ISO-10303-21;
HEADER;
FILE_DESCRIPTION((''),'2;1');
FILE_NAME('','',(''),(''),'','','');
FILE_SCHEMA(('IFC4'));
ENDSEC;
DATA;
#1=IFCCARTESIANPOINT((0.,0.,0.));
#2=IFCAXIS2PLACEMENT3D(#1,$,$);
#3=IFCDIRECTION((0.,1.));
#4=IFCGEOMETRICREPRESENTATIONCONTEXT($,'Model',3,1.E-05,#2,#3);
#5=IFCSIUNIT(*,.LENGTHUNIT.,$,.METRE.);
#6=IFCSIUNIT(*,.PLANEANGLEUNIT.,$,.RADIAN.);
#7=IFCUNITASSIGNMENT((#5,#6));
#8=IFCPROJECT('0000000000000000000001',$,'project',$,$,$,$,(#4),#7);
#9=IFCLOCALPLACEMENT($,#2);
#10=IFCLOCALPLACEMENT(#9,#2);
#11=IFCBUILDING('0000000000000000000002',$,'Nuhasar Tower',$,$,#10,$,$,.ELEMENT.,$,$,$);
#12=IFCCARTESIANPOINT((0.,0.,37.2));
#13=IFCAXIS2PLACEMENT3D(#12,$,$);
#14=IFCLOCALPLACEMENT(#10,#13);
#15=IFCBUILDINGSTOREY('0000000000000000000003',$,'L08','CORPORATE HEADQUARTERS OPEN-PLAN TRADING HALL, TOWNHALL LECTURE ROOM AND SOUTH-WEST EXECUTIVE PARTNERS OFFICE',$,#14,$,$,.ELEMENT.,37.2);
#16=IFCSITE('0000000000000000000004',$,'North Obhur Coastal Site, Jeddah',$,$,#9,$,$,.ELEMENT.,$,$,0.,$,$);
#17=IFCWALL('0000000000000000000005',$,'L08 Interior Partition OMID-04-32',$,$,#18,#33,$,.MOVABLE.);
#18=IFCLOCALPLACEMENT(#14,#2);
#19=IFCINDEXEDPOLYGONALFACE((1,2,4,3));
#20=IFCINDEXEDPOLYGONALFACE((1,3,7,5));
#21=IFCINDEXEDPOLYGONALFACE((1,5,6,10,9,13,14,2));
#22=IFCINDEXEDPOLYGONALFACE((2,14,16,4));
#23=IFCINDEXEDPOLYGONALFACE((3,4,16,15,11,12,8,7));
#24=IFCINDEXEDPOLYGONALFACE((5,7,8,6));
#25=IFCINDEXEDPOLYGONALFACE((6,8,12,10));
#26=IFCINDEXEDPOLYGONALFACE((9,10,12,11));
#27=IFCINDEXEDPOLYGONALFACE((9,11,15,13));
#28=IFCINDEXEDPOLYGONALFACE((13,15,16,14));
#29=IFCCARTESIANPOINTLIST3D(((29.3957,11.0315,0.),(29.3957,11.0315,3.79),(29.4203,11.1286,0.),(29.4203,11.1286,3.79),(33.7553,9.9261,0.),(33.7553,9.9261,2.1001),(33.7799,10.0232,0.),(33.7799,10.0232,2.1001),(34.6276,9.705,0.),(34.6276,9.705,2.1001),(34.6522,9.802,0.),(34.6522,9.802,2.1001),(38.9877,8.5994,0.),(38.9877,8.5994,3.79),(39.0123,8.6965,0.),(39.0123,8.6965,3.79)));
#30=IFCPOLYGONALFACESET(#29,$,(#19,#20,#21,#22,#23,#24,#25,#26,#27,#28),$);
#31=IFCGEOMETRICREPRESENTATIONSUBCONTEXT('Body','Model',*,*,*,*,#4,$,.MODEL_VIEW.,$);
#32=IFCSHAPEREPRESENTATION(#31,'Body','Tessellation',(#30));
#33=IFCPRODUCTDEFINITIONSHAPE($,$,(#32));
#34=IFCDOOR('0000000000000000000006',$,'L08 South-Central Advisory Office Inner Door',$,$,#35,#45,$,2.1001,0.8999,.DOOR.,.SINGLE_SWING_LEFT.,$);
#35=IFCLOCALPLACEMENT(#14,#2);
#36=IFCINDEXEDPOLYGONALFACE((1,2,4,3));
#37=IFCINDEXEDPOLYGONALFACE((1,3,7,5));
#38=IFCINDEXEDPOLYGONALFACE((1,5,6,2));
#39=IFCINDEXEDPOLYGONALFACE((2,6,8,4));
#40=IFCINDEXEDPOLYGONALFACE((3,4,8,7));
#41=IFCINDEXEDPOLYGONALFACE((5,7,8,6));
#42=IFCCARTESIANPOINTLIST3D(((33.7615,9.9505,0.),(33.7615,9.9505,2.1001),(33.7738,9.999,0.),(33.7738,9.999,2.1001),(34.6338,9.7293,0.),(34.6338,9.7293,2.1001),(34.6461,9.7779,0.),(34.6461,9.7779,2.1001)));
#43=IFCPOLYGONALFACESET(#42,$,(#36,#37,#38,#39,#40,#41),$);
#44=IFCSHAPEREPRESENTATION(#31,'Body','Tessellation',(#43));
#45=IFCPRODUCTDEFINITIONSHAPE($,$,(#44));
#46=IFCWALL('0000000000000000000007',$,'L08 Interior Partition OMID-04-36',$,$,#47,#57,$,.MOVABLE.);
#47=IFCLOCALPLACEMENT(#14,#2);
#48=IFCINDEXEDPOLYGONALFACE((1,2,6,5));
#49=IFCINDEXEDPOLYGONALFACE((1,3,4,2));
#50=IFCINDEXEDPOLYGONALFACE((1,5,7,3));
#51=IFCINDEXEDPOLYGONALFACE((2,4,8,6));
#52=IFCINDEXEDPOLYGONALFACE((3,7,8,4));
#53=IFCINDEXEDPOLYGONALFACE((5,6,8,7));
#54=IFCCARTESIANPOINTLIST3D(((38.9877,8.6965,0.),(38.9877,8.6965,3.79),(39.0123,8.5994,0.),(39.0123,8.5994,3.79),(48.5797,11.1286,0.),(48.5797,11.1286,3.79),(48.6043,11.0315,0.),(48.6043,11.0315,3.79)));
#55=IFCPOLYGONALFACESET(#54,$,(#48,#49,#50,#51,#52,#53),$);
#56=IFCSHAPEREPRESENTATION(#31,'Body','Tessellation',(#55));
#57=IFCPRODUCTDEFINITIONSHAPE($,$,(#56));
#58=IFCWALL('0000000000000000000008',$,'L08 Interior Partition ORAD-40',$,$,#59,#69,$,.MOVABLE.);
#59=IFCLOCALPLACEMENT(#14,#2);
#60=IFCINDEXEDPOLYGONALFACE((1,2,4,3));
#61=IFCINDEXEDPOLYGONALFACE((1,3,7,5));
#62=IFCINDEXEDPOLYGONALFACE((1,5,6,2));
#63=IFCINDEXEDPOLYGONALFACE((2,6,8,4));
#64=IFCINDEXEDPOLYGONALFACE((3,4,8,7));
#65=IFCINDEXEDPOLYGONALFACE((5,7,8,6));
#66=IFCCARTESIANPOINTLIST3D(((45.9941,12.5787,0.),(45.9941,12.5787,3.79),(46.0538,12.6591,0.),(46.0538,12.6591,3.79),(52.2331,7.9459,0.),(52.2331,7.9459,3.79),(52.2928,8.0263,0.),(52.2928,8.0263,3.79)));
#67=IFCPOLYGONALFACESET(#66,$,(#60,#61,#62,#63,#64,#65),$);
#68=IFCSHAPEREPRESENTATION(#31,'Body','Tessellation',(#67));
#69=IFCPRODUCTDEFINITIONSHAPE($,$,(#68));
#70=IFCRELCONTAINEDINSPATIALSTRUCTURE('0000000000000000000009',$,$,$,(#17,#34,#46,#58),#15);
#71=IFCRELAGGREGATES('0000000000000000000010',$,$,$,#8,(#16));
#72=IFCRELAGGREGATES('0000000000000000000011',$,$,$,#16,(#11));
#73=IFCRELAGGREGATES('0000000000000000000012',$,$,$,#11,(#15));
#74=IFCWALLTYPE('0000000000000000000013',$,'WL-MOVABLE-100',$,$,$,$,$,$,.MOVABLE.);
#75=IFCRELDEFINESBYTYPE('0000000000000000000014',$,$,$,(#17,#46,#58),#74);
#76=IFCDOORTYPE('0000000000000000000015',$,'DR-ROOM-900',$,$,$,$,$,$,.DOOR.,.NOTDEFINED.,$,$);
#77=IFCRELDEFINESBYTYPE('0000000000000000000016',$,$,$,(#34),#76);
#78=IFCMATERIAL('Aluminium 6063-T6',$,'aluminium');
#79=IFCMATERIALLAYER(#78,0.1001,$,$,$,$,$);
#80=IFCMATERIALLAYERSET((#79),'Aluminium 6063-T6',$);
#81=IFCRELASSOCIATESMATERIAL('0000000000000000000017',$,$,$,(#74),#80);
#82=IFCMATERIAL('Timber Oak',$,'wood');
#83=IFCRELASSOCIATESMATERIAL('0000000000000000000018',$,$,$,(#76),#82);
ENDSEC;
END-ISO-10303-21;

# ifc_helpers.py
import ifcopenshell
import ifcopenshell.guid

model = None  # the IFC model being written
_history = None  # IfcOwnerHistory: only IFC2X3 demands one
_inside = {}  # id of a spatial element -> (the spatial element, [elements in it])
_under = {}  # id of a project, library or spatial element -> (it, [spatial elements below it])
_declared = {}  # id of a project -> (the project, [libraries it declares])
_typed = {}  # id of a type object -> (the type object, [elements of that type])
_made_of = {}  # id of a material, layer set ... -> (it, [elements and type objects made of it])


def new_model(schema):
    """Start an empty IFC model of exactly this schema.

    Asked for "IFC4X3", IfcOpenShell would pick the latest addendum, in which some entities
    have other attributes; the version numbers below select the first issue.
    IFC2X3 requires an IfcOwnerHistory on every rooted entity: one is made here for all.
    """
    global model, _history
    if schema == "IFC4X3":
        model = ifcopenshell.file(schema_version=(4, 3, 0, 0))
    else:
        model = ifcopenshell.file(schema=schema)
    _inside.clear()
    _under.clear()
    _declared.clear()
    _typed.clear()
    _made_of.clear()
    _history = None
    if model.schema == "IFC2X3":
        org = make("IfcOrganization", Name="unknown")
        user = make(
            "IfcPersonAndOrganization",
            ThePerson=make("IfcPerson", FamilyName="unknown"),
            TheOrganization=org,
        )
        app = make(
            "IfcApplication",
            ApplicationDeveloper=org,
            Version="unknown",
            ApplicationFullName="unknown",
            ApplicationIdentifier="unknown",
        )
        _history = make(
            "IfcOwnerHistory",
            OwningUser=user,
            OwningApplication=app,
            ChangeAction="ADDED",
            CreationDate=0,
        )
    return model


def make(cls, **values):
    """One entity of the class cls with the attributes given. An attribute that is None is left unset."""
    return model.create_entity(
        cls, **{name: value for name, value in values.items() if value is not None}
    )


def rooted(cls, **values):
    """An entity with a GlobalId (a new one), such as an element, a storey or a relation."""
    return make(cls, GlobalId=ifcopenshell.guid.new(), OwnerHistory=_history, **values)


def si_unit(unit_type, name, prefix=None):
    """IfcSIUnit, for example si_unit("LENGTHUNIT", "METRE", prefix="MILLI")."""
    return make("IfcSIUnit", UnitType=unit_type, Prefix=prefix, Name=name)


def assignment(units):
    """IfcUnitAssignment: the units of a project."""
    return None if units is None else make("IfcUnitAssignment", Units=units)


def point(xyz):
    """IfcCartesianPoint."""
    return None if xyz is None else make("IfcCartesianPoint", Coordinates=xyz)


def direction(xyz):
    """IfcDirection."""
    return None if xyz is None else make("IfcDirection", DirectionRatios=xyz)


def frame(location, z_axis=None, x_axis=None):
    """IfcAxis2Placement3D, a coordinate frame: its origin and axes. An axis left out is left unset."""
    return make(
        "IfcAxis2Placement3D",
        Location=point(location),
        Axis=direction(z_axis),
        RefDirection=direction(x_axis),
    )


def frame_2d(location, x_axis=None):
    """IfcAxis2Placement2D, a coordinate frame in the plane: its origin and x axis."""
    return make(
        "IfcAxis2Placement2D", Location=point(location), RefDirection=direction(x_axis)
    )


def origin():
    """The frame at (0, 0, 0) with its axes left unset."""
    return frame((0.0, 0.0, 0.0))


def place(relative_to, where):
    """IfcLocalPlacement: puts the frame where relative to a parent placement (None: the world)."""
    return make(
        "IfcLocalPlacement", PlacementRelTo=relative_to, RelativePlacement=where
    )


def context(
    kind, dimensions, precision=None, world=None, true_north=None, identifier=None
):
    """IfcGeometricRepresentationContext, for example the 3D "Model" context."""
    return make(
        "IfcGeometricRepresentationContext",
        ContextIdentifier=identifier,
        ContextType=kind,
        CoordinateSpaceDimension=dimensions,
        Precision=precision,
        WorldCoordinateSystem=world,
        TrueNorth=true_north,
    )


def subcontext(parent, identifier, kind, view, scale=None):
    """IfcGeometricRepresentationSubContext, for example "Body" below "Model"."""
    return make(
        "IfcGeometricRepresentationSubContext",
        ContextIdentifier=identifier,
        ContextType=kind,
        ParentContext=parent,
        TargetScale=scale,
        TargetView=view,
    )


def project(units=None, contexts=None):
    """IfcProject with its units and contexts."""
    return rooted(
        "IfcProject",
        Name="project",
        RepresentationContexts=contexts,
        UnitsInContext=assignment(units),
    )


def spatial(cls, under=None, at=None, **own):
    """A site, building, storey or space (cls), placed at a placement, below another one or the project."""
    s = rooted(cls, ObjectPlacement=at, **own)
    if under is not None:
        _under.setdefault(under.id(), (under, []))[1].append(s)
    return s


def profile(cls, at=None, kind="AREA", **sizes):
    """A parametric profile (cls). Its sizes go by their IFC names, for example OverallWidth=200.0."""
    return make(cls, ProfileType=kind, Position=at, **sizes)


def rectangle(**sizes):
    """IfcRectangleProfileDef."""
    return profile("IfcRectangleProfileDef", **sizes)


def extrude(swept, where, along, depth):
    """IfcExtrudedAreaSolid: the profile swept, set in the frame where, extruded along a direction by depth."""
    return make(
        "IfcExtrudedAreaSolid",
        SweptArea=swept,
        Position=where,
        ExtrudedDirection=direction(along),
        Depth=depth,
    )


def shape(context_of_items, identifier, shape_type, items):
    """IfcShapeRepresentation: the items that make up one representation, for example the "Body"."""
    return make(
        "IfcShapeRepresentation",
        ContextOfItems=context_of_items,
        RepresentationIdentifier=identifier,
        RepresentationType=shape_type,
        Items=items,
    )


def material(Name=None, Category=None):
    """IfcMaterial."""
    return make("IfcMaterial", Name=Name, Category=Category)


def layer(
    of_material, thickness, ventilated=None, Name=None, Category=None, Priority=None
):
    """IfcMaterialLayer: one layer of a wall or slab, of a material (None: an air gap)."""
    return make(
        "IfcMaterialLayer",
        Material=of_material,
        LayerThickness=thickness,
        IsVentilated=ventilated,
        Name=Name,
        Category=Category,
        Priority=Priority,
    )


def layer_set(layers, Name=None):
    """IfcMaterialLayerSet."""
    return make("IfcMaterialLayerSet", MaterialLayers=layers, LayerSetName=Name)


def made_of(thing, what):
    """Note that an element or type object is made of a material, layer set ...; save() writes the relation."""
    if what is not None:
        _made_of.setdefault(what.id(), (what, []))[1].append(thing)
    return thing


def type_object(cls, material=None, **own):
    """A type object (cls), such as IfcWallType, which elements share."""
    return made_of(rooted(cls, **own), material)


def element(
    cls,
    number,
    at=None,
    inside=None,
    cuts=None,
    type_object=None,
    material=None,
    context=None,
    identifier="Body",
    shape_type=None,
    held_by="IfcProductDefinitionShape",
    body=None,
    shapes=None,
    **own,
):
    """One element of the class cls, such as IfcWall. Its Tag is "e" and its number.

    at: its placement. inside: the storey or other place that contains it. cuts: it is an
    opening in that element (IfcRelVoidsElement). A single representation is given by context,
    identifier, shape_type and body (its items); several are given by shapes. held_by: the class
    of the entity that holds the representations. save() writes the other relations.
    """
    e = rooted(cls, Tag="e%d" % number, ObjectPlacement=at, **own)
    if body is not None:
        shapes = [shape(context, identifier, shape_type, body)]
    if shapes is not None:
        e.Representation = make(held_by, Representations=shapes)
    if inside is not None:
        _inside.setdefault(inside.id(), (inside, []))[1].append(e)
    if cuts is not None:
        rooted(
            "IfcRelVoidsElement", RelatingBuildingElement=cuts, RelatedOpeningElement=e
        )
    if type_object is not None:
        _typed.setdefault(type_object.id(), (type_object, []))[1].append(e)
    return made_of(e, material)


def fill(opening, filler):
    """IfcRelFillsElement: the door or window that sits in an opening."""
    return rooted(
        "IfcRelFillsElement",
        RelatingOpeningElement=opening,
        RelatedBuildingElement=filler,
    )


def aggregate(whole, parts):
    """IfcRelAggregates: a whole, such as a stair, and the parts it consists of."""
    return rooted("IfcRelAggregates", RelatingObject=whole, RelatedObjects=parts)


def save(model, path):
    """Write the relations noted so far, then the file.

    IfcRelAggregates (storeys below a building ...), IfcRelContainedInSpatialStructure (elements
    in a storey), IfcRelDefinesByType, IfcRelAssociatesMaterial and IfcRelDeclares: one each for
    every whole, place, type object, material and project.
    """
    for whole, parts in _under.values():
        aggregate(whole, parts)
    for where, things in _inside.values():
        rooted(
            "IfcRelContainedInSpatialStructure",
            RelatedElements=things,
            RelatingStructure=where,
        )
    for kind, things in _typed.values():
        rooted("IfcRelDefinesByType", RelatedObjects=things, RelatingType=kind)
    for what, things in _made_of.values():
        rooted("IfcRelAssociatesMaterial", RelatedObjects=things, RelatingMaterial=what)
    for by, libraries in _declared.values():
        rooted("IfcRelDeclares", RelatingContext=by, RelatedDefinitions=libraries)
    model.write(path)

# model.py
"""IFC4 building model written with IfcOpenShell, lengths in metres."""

from ifc_helpers import new_model, si_unit, direction, frame, frame_2d, origin, place, context, subcontext, project, spatial, rectangle, extrude, material, layer, layer_set, type_object, element, fill, save


model = new_model("IFC4")

# Units and contexts
model_context = context("Model", 3, precision=1e-05, world=origin(), true_north=direction((0.0, 1.0)))
body_context = subcontext(model_context, "Body", "Model", "MODEL_VIEW")
ifc_project = project(units=[si_unit("LENGTHUNIT", "METRE"), si_unit("PLANEANGLEUNIT", "RADIAN")], contexts=[model_context])

# Site, building, storey
site_placement = place(None, origin())
site = spatial("IfcSite", under=ifc_project, at=site_placement, Name="North Obhur Coastal Site, Jeddah", CompositionType="ELEMENT", RefElevation=0.0)
building_placement = place(site_placement, origin())
building = spatial("IfcBuilding", under=site, at=building_placement, Name="Nuhasar Tower", CompositionType="ELEMENT")
storey_placement = place(building_placement, frame((0.0, 0.0, 37.2)))
storey = spatial("IfcBuildingStorey", under=building, at=storey_placement, Name="L08", Description="CORPORATE HEADQUARTERS OPEN-PLAN TRADING HALL, TOWNHALL LECTURE ROOM AND SOUTH-WEST EXECUTIVE PARTNERS OFFICE", CompositionType="ELEMENT", Elevation=37.2)

# Shared definitions
ifc_material_1 = material(Name="Aluminium 6063-T6", Category="aluminium")

# Wall, opening, door
ifc_layer_1 = layer(ifc_material_1, 0.1001)
ifc_layer_set_1 = layer_set([ifc_layer_1], Name="Aluminium 6063-T6")
wall_type_1 = type_object("IfcWallType", Name="WL-MOVABLE-100", PredefinedType="MOVABLE", material=ifc_layer_set_1)
wall_1_placement = place(storey_placement, frame((39.0, 8.6479, 0.0), z_axis=(0.0, 0.0, 1.0), x_axis=(-0.969326, 0.245779, 0.0)))
wall_1 = element("IfcWall", 1, at=wall_1_placement, inside=storey, type_object=wall_type_1, Name="L08 Interior Partition OMID-04-32", PredefinedType="MOVABLE", context=body_context, shape_type="SweptSolid", body=[
    extrude(rectangle(XDim=9.8955, YDim=0.1001, at=frame_2d((4.9478, 0.0))), origin(), (0.0, 0.0, 1.0), 3.79),
])
opening_placement = place(wall_1_placement, frame((4.498, 0.0, 0.0)))
opening = element("IfcOpeningElement", 2, at=opening_placement, cuts=wall_1, PredefinedType="OPENING", context=body_context, shape_type="SweptSolid", body=[
    extrude(rectangle(XDim=0.8999, YDim=2.1001, at=frame_2d((0.45, 1.05))), frame((0.0, 0.0601, 0.0), z_axis=(0.0, -1.0, 0.0), x_axis=(1.0, 0.0, 0.0)), (0.0, 0.0, 1.0), 0.1201),
])
ifc_material_2 = material(Name="Timber Oak", Category="wood")
door_type = type_object("IfcDoorType", Name="DR-ROOM-900", OperationType="NOTDEFINED", PredefinedType="DOOR", material=ifc_material_2)
door_placement = place(opening_placement, origin())
door = element("IfcDoor", 3, at=door_placement, inside=storey, type_object=door_type, Name="L08 South-Central Advisory Office Inner Door", OperationType="SINGLE_SWING_LEFT", OverallHeight=2.1001, OverallWidth=0.8999, PredefinedType="DOOR", context=body_context, shape_type="SweptSolid", body=[
    extrude(rectangle(XDim=0.8999, YDim=2.1001, at=frame_2d((0.45, 1.05))), frame((0.0, 0.0249, 0.0), z_axis=(0.0, -1.0, 0.0), x_axis=(1.0, 0.0, 0.0)), (0.0, 0.0, 1.0), 0.05),
])
fill(opening, door)

# Walls
wall_2_placement = place(storey_placement, frame((39.0, 8.6479, 0.0), z_axis=(0.0, 0.0, 1.0), x_axis=(0.969326, 0.245779, 0.0)))
element("IfcWall", 4, at=wall_2_placement, inside=storey, type_object=wall_type_1, Name="L08 Interior Partition OMID-04-36", PredefinedType="MOVABLE", context=body_context, shape_type="SweptSolid", body=[
    extrude(rectangle(XDim=9.8955, YDim=0.1001, at=frame_2d((4.9478, 0.0))), origin(), (0.0, 0.0, 1.0), 3.79),
])
wall_3_placement = place(storey_placement, frame((46.0239, 12.6189, 0.0), z_axis=(0.0, 0.0, 1.0), x_axis=(0.80286, -0.596168, 0.0)))
element("IfcWall", 5, at=wall_3_placement, inside=storey, type_object=wall_type_1, Name="L08 Interior Partition ORAD-40", PredefinedType="MOVABLE", context=body_context, shape_type="SweptSolid", body=[
    extrude(rectangle(XDim=7.771, YDim=0.1001, at=frame_2d((3.8855, 0.0))), origin(), (0.0, 0.0, 1.0), 3.79),
])

save(model, "model.ifc")
